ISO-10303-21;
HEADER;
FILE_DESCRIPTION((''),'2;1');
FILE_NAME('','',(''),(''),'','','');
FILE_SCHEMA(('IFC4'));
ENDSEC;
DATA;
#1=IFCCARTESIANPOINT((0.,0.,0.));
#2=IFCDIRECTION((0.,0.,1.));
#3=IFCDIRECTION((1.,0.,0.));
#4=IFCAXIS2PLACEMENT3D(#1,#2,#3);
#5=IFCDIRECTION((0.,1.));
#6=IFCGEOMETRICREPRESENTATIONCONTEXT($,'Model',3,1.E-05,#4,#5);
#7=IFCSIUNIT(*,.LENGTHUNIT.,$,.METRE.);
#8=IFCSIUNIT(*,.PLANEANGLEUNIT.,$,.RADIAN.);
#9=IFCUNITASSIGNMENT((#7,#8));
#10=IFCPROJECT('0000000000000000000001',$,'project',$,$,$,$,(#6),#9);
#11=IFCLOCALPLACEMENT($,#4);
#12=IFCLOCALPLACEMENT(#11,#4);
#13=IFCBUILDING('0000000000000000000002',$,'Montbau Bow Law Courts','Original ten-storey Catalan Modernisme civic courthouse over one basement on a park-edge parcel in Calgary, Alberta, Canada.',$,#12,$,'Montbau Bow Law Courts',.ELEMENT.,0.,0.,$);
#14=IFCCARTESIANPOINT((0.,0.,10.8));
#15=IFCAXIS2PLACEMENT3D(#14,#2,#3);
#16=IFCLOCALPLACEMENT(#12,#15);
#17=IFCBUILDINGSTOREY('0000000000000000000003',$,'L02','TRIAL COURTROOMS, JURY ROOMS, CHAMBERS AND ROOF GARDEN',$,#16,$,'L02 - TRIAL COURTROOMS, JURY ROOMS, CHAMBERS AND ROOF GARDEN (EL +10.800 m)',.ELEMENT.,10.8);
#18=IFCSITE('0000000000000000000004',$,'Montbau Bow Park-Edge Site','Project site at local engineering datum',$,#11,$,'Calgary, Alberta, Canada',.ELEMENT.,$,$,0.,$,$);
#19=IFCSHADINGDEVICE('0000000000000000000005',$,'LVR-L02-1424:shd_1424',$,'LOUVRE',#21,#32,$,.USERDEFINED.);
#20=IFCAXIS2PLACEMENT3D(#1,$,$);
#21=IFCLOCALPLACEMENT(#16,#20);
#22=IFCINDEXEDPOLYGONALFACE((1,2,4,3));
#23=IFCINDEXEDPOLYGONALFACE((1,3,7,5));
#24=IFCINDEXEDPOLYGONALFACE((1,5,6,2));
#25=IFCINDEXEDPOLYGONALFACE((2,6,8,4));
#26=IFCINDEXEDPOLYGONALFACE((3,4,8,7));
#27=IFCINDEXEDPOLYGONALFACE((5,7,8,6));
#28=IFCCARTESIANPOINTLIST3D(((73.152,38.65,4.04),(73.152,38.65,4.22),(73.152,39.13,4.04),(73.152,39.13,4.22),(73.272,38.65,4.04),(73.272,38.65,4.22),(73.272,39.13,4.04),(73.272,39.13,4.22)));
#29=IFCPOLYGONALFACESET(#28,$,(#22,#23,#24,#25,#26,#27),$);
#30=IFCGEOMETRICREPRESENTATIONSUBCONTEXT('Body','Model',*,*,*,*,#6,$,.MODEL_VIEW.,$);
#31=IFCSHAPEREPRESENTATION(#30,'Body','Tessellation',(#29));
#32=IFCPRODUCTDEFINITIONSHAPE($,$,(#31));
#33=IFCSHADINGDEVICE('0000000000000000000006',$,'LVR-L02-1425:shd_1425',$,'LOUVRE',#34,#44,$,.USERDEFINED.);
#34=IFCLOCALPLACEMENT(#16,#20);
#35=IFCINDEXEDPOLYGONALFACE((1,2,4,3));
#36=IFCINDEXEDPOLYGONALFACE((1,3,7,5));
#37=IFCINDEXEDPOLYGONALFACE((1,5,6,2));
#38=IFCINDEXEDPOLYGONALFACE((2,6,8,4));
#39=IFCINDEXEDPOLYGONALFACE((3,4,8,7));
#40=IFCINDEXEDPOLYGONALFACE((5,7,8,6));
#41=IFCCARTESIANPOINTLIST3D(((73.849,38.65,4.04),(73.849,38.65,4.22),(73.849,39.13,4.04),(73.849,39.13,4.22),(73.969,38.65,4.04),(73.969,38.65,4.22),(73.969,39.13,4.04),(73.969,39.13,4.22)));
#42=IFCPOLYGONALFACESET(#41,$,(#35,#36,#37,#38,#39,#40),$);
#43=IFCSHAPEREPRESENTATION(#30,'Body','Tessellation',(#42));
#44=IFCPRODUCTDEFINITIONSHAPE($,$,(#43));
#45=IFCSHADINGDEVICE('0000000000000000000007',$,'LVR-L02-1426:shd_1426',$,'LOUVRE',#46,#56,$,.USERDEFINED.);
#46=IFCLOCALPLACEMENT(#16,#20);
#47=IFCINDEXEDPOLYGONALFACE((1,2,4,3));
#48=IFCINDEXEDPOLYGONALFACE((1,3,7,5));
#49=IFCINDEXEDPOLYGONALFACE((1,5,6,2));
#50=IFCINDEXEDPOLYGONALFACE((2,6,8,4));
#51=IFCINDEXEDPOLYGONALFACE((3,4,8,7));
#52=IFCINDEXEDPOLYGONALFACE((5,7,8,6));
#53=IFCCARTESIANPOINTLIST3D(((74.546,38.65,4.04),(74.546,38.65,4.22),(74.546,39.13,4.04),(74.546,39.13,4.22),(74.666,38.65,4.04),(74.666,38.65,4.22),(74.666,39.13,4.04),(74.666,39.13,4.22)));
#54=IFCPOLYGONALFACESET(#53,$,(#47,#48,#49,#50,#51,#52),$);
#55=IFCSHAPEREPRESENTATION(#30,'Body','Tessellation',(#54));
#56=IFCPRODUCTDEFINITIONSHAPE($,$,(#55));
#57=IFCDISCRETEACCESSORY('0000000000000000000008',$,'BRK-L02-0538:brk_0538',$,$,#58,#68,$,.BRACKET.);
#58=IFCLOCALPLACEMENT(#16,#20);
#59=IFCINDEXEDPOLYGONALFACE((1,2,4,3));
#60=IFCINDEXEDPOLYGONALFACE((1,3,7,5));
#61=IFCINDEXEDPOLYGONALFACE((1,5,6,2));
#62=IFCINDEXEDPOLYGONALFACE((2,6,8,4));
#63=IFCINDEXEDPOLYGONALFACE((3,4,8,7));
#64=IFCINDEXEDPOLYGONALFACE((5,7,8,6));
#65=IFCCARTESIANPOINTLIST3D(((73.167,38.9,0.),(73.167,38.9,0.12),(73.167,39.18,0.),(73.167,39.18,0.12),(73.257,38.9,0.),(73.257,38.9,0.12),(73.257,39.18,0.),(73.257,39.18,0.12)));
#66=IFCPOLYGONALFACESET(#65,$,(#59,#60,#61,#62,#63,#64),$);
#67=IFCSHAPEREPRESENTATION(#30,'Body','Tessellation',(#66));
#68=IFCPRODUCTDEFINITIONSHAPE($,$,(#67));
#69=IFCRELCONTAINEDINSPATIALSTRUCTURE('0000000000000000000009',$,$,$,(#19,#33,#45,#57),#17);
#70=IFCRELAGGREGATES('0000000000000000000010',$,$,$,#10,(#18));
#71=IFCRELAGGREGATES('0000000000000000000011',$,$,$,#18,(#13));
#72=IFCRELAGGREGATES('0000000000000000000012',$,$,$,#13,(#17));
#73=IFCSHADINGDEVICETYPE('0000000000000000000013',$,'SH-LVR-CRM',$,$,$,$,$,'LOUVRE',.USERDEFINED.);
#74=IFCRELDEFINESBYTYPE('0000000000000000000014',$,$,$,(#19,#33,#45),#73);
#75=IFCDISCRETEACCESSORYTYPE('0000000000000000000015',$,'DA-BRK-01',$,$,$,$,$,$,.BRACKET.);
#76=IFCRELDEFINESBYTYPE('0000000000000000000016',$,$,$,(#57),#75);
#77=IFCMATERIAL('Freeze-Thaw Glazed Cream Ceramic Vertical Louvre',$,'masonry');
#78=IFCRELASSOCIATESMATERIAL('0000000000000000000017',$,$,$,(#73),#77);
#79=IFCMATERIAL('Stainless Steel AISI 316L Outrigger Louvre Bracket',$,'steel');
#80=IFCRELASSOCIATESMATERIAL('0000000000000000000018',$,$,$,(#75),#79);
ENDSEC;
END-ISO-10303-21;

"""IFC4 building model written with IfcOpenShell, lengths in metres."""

from ifc_helpers import new_model, si_unit, direction, frame, origin_with_axes, origin_2d_with_axis, place, context, subcontext, project, spatial, rectangle, extrude, material, type_object, element, save


model = new_model("IFC4")

# Units and contexts
model_context = context("Model", 3, precision=1e-05, world=origin_with_axes(), true_north=direction((0.0, 1.0)))
body_context = subcontext(model_context, "Body", "Model", "MODEL_VIEW")
ifc_project = project(units=[si_unit("LENGTHUNIT", "METRE"), si_unit("PLANEANGLEUNIT", "RADIAN")], contexts=[model_context])

# Site, building, storey
site_placement = place(None, origin_with_axes())
site = spatial("IfcSite", under=ifc_project, at=site_placement, Name="Montbau Bow Park-Edge Site", Description="Project site at local engineering datum", LongName="Calgary, Alberta, Canada", CompositionType="ELEMENT", RefElevation=0.0)
building_placement = place(site_placement, origin_with_axes())
building = spatial("IfcBuilding", under=site, at=building_placement, Name="Montbau Bow Law Courts", Description="Original ten-storey Catalan Modernisme civic courthouse over one basement on a park-edge parcel in Calgary, Alberta, Canada.", LongName="Montbau Bow Law Courts", CompositionType="ELEMENT", ElevationOfRefHeight=0.0, ElevationOfTerrain=0.0)
storey_placement = place(building_placement, frame((0.0, 0.0, 10.8), z_axis=(0.0, 0.0, 1.0), x_axis=(1.0, 0.0, 0.0)))
storey = spatial("IfcBuildingStorey", under=building, at=storey_placement, Name="L02", Description="TRIAL COURTROOMS, JURY ROOMS, CHAMBERS AND ROOF GARDEN", LongName="L02 - TRIAL COURTROOMS, JURY ROOMS, CHAMBERS AND ROOF GARDEN (EL +10.800 m)", CompositionType="ELEMENT", Elevation=10.8)

# Shading devices
ifc_material_1 = material(Name="Freeze-Thaw Glazed Cream Ceramic Vertical Louvre", Category="masonry")
shading_device_type = type_object("IfcShadingDeviceType", Name="SH-LVR-CRM", ElementType="LOUVRE", PredefinedType="USERDEFINED", material=ifc_material_1)
for number, where, z_axis, x_axis, name in (
    (1, (73.212, 38.89, 14.84), (0.0, 0.0, 1.0), (0.0, -1.0, 0.0), "LVR-L02-1424:shd_1424"),
    (2, (73.909, 38.89, 14.84), (0.0, 0.0, 1.0), (0.0, -1.0, 0.0), "LVR-L02-1425:shd_1425"),
    (3, (74.606, 38.89, 14.84), (0.0, 0.0, 1.0), (0.0, -1.0, 0.0), "LVR-L02-1426:shd_1426"),
):
    element("IfcShadingDevice", number, at=place(None, frame(where, z_axis=z_axis, x_axis=x_axis)), inside=storey, type_object=shading_device_type, Name=name, ObjectType="LOUVRE", PredefinedType="USERDEFINED", context=body_context, shape_type="SweptSolid", body=[
        extrude(rectangle(XDim=0.48, YDim=0.12, at=origin_2d_with_axis()), origin_with_axes(), (0.0, 0.0, 1.0), 0.18),
    ])

# Discrete accessory
ifc_material_2 = material(Name="Stainless Steel AISI 316L Outrigger Louvre Bracket", Category="steel")
discrete_accessory_type = type_object("IfcDiscreteAccessoryType", Name="DA-BRK-01", PredefinedType="BRACKET", material=ifc_material_2)
discrete_accessory_placement = place(None, frame((73.212, 39.04, 10.8), z_axis=(0.0, 0.0, 1.0), x_axis=(0.0, -1.0, 0.0)))
element("IfcDiscreteAccessory", 4, at=discrete_accessory_placement, inside=storey, type_object=discrete_accessory_type, Name="BRK-L02-0538:brk_0538", PredefinedType="BRACKET", context=body_context, shape_type="SweptSolid", body=[
    extrude(rectangle(XDim=0.28, YDim=0.09, at=origin_2d_with_axis()), origin_with_axes(), (0.0, 0.0, 1.0), 0.12),
])

save(model, "model.ifc")
